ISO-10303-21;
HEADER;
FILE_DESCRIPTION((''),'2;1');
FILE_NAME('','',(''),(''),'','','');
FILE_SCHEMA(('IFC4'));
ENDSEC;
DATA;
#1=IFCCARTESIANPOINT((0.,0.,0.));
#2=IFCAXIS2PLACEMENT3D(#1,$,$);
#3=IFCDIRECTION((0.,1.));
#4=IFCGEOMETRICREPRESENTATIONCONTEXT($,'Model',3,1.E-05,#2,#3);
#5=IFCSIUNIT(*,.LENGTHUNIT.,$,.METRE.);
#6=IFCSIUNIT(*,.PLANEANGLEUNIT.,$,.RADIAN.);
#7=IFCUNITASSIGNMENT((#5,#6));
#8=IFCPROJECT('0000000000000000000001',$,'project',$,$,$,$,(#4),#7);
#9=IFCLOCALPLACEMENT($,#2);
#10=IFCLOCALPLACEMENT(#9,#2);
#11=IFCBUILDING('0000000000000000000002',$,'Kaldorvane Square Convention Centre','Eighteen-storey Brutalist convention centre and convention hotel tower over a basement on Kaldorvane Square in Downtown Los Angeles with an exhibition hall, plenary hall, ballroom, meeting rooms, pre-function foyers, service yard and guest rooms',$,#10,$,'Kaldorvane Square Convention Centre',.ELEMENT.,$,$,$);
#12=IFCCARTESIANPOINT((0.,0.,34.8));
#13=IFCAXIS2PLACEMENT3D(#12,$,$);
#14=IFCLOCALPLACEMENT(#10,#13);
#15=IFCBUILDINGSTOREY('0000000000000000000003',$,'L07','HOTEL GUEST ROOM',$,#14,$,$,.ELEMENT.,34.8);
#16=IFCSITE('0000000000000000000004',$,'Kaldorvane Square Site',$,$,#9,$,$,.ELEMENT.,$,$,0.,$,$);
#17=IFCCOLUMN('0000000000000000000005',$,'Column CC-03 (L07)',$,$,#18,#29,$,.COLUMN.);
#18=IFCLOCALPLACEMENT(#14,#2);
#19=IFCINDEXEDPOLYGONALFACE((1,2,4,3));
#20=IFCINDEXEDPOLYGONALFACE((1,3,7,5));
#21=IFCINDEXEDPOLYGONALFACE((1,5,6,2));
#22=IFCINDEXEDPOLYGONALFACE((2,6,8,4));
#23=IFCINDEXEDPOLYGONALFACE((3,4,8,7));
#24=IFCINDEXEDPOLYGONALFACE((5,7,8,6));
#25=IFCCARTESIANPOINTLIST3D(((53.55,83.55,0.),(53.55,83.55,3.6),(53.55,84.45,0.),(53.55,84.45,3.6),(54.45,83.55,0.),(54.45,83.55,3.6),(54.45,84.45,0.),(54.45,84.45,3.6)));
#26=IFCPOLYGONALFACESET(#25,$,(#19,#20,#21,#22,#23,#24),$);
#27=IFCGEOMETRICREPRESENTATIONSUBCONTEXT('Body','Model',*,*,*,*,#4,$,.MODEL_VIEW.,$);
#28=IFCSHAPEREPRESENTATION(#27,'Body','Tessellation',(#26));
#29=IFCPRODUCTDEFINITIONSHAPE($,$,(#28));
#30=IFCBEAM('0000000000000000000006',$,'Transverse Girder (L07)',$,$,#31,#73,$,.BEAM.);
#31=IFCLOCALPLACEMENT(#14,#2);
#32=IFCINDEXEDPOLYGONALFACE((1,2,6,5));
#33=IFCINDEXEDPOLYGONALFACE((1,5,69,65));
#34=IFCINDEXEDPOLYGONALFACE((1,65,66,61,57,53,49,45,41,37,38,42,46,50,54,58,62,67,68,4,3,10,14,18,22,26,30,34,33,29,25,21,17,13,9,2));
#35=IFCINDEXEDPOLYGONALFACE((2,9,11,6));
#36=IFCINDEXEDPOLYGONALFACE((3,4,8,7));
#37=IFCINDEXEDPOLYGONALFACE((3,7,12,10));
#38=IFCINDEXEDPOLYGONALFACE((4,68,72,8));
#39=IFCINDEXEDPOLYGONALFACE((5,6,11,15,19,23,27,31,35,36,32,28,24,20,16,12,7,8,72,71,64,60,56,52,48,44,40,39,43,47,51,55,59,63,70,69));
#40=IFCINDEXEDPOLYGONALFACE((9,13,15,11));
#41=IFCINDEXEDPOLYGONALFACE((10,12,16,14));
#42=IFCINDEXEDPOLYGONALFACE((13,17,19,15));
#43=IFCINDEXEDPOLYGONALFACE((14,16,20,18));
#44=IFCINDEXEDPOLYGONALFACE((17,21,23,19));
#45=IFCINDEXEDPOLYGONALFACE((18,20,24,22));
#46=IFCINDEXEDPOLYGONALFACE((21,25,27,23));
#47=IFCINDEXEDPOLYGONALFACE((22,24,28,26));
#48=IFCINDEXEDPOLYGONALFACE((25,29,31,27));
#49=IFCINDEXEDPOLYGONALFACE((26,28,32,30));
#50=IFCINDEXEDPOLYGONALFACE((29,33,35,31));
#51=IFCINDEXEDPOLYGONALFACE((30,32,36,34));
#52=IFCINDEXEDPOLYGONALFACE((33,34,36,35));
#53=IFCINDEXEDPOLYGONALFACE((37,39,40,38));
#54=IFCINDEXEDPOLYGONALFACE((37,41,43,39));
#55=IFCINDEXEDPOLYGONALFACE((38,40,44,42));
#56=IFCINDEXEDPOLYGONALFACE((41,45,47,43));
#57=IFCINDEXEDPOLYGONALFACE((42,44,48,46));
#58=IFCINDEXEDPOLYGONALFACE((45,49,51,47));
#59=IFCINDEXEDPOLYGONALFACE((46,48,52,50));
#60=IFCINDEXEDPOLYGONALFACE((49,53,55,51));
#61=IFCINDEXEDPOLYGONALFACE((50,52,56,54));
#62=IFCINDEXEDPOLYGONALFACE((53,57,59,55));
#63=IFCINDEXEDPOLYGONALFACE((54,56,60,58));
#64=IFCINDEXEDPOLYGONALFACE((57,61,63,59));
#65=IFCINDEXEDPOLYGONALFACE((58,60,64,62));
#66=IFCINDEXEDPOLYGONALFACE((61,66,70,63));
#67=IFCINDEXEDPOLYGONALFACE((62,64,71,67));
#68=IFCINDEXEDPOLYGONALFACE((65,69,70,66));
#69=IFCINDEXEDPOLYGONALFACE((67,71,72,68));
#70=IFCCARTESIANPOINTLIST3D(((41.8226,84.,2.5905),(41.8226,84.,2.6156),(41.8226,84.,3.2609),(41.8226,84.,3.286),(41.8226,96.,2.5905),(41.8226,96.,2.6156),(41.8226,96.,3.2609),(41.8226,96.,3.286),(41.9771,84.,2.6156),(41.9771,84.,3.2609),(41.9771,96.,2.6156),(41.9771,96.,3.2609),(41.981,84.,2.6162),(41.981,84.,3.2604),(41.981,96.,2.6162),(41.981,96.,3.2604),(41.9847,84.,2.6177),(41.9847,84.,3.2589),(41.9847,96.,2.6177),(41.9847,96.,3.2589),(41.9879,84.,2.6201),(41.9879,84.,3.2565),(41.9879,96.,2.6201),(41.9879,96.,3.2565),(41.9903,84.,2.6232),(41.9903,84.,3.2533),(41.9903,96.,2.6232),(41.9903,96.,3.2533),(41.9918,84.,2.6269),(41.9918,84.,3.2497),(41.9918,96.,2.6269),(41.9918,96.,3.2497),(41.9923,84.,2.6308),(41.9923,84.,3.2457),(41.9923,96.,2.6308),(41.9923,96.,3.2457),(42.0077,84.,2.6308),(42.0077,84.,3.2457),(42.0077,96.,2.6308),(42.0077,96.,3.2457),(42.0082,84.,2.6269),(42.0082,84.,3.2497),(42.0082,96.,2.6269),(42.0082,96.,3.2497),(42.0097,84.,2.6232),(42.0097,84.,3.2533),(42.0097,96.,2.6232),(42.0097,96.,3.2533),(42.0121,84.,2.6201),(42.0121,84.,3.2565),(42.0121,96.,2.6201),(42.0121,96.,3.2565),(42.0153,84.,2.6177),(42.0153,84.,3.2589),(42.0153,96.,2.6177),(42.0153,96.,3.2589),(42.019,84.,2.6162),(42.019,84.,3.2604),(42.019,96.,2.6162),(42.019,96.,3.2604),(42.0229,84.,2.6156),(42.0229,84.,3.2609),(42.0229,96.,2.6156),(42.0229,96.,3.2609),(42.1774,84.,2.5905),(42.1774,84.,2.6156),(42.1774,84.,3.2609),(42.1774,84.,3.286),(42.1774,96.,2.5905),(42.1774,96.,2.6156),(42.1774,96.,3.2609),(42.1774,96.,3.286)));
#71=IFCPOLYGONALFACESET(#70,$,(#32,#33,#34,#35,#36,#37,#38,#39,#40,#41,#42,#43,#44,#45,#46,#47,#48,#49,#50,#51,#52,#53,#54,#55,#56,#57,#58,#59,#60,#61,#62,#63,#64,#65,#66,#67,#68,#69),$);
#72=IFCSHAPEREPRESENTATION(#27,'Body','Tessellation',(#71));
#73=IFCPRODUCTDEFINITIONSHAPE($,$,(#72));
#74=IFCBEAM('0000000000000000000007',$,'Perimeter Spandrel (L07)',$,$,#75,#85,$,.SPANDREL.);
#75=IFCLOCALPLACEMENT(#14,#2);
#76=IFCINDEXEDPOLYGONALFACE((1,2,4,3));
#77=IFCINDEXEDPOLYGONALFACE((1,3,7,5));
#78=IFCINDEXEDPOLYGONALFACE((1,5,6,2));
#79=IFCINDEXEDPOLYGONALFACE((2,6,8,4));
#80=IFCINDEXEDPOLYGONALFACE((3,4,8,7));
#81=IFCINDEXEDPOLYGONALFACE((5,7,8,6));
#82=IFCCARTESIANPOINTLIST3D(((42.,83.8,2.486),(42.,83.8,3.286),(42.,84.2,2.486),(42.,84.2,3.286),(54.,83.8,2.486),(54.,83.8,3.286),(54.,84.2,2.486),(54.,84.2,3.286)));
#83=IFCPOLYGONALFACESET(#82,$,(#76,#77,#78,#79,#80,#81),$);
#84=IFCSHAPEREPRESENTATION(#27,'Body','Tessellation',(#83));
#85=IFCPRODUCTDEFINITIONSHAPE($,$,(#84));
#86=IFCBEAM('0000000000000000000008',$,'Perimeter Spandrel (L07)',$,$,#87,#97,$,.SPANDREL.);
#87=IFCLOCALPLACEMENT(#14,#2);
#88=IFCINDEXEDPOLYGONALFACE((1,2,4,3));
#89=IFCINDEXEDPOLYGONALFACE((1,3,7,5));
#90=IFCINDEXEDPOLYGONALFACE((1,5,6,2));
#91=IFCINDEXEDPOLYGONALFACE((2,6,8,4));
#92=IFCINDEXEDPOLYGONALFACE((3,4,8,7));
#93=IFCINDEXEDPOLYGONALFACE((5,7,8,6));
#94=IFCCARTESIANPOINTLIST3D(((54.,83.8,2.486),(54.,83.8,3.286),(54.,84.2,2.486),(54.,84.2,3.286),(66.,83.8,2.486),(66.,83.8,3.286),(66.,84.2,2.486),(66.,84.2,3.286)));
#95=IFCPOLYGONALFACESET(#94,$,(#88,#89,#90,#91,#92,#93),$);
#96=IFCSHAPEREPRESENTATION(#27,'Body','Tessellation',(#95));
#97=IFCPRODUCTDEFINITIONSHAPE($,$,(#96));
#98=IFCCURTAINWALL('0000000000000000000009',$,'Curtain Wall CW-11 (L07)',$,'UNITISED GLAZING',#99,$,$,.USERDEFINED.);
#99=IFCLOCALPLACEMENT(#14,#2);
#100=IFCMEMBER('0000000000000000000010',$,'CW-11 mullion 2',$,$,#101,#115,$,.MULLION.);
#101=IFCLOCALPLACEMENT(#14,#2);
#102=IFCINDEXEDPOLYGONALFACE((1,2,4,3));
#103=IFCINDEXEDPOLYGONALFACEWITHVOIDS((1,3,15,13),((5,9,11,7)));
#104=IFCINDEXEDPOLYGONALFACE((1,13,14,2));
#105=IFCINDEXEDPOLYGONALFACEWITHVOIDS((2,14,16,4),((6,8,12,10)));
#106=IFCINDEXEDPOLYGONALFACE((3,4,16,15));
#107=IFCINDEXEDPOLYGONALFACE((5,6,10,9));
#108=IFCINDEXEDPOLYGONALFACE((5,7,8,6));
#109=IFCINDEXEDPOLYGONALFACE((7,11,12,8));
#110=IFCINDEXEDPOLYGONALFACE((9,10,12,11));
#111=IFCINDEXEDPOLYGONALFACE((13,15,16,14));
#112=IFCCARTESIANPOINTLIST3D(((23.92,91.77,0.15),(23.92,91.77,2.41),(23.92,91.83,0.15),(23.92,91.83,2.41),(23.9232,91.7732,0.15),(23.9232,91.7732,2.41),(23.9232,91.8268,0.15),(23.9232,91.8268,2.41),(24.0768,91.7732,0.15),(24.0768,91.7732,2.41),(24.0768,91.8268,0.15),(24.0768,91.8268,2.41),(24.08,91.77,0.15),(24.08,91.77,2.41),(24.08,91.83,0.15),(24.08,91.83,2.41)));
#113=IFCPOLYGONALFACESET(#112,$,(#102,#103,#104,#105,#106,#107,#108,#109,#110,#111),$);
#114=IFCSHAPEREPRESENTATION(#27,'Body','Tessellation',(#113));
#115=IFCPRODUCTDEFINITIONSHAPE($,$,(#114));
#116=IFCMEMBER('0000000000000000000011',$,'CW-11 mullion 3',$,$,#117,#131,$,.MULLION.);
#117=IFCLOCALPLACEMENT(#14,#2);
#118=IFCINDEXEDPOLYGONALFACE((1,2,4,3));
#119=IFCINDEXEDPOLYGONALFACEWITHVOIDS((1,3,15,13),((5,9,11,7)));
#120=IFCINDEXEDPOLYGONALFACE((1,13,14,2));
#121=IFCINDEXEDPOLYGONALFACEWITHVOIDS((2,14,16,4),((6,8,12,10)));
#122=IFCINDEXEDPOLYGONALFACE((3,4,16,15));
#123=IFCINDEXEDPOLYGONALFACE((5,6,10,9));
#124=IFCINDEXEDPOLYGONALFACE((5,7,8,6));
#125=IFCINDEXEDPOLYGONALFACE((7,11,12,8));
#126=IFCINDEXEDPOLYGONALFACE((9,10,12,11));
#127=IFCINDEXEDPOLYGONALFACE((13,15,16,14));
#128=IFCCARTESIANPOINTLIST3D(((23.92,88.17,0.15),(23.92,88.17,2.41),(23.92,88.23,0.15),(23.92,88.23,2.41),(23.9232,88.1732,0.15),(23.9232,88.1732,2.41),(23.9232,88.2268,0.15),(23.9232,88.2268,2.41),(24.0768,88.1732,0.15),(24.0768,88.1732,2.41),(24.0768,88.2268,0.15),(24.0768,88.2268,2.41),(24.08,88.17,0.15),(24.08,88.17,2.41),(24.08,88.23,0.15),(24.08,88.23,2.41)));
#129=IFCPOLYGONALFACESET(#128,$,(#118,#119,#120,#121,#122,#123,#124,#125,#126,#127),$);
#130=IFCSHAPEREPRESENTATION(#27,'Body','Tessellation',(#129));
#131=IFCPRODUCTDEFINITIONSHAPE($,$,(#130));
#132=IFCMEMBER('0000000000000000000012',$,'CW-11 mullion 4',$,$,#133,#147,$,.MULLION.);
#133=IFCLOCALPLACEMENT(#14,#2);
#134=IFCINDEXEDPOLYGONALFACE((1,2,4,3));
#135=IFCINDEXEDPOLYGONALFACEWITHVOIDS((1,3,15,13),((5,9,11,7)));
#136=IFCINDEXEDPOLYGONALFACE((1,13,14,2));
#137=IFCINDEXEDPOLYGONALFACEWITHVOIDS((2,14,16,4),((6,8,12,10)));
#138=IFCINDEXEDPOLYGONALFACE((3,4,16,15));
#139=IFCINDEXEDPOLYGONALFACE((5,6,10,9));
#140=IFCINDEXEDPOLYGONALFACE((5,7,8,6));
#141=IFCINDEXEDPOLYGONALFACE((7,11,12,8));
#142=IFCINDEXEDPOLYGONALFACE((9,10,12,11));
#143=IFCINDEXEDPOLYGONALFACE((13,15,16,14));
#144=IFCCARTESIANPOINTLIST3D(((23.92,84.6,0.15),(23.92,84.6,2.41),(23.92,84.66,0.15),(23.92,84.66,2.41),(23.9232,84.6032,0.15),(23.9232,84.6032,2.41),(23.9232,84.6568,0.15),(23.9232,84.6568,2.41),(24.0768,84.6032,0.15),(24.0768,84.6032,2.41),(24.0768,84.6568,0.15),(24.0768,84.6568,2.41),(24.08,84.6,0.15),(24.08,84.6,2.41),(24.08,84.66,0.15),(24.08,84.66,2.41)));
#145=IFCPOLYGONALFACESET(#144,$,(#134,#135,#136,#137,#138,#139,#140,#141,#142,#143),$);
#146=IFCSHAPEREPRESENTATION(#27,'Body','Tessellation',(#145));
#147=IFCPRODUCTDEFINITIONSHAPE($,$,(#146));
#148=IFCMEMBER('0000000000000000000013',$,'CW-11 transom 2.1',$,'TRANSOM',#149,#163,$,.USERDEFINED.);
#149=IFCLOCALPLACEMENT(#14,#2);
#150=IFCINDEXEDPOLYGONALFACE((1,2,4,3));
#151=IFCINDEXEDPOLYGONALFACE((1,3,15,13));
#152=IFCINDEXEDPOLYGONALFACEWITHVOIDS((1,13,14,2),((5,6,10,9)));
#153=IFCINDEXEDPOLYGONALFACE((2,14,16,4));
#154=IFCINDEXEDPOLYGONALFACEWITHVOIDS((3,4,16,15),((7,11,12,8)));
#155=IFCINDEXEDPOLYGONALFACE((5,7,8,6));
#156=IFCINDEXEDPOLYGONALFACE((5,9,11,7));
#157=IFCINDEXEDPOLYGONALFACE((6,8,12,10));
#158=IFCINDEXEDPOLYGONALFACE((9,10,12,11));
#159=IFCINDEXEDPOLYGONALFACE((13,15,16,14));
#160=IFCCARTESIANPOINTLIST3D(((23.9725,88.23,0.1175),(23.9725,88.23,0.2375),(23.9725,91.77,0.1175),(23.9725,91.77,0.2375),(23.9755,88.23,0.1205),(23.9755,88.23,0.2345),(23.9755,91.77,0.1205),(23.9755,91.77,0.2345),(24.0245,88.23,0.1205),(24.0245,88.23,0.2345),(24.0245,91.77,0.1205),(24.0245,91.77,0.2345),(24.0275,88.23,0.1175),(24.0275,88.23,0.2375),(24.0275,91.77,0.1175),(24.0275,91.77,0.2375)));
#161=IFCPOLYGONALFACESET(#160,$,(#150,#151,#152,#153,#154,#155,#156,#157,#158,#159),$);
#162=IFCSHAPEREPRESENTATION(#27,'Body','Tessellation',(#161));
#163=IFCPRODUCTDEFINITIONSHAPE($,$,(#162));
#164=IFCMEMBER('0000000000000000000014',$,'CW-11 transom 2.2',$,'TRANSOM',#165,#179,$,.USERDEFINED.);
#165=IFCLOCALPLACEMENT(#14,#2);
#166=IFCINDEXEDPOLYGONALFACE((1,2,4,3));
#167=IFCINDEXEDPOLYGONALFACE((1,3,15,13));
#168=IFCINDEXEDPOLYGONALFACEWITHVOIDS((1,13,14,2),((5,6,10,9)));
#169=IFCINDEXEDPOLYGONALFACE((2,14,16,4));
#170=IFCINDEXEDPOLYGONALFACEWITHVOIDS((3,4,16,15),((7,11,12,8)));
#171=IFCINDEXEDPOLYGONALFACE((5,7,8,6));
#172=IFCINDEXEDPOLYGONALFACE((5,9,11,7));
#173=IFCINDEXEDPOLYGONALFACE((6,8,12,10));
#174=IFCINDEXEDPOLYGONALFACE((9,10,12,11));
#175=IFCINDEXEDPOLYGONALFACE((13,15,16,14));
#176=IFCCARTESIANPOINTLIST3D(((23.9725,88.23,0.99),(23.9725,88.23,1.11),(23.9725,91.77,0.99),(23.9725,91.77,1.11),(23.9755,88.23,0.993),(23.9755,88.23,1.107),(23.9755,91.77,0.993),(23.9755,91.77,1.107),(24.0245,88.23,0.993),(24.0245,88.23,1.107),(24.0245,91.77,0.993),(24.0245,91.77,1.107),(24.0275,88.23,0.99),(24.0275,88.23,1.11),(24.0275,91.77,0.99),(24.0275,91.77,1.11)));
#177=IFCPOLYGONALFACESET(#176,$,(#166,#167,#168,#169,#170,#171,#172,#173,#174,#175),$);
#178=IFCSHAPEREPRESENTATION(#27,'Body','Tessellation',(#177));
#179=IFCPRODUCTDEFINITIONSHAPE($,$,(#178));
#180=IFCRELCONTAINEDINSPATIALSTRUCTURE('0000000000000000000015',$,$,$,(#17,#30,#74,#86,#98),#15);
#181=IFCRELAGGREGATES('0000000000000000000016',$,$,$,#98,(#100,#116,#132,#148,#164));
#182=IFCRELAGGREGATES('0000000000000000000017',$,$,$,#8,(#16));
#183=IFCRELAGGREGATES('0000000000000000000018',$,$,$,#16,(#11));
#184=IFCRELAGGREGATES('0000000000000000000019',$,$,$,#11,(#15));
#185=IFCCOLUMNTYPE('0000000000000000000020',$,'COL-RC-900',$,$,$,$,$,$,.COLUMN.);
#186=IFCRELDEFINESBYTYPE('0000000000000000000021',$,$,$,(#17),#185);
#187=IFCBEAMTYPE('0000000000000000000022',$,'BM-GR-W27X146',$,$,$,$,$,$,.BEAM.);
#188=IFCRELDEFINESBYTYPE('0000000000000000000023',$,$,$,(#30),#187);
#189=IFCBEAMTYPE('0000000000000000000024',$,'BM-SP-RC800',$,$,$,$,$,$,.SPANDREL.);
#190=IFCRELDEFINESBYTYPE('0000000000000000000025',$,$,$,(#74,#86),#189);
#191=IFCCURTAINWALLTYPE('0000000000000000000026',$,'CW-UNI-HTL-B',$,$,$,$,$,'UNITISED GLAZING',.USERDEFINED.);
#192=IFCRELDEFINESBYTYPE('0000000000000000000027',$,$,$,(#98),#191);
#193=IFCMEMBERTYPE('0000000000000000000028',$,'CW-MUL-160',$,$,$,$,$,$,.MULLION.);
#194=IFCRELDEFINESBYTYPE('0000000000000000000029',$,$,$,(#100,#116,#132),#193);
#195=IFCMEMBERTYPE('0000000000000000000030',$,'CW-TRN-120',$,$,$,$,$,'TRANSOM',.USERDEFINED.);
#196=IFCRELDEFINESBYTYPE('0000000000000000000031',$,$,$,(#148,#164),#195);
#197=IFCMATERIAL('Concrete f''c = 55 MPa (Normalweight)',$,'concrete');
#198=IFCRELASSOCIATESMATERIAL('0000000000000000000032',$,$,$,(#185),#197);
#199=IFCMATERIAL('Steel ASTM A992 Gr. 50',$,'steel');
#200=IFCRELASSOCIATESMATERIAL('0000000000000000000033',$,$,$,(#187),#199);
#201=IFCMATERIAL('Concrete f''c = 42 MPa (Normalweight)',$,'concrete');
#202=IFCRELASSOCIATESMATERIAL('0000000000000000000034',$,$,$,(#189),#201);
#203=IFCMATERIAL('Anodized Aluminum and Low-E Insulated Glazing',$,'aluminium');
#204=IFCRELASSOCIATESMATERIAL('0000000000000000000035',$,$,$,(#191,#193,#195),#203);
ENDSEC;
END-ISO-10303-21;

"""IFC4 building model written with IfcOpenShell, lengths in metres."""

from ifc_helpers import new_model, si_unit, direction, frame, origin, origin_2d, place, context, subcontext, project, spatial, rectangle, hollow_rectangle, i_section, extrude, material, material_profile, profile_set, type_object, element, aggregate, save


model = new_model("IFC4")

# Units and contexts
model_context = context("Model", 3, precision=1e-05, world=origin(), true_north=direction((0.0, 1.0)))
body_context = subcontext(model_context, "Body", "Model", "MODEL_VIEW")
ifc_project = project(units=[si_unit("LENGTHUNIT", "METRE"), si_unit("PLANEANGLEUNIT", "RADIAN")], contexts=[model_context])

# Site, building, storey
site_placement = place(None, origin())
site = spatial("IfcSite", under=ifc_project, at=site_placement, Name="Kaldorvane Square Site", CompositionType="ELEMENT", RefElevation=0.0)
building_placement = place(site_placement, origin())
building = spatial("IfcBuilding", under=site, at=building_placement, Name="Kaldorvane Square Convention Centre", Description="Eighteen-storey Brutalist convention centre and convention hotel tower over a basement on Kaldorvane Square in Downtown Los Angeles with an exhibition hall, plenary hall, ballroom, meeting rooms, pre-function foyers, service yard and guest rooms", LongName="Kaldorvane Square Convention Centre", CompositionType="ELEMENT")
storey_placement = place(building_placement, frame((0.0, 0.0, 34.8)))
storey = spatial("IfcBuildingStorey", under=building, at=storey_placement, Name="L07", Description="HOTEL GUEST ROOM", CompositionType="ELEMENT", Elevation=34.8)

# Column
ifc_material_1 = material(Name="Concrete f'c = 55 MPa (Normalweight)", Category="concrete")
ifc_material_profile_1 = material_profile(ifc_material_1, rectangle(XDim=0.9, YDim=0.9, at=origin_2d()), Name="RC900X900")
ifc_profile_set_1 = profile_set([ifc_material_profile_1], Name="Concrete f'c = 55 MPa (Normalweight)")
column_type = type_object("IfcColumnType", Name="COL-RC-900", PredefinedType="COLUMN", material=ifc_profile_set_1)
column_placement = place(storey_placement, frame((54.0, 84.0, 0.0), z_axis=(0.0, 0.0, 1.0), x_axis=(1.0, 0.0, 0.0)))
element("IfcColumn", 1, at=column_placement, inside=storey, type_object=column_type, Name="Column CC-03 (L07)", PredefinedType="COLUMN", context=body_context, shape_type="SweptSolid", body=[
    extrude(rectangle(XDim=0.9, YDim=0.9, at=origin_2d()), origin(), (0.0, 0.0, 1.0), 3.6),
])

# Beams
ifc_material_2 = material(Name="Steel ASTM A992 Gr. 50", Category="steel")
ifc_material_profile_2 = material_profile(ifc_material_2, i_section(OverallWidth=0.3547, OverallDepth=0.6955, WebThickness=0.0154, FlangeThickness=0.0251, FilletRadius=0.0152, at=origin_2d()), Name="W27X146")
ifc_profile_set_2 = profile_set([ifc_material_profile_2], Name="Steel ASTM A992 Gr. 50")
beam_type_1 = type_object("IfcBeamType", Name="BM-GR-W27X146", PredefinedType="BEAM", material=ifc_profile_set_2)
beam_placement = place(storey_placement, frame((42.0, 84.0, 2.9383), z_axis=(0.0, 1.0, 0.0), x_axis=(-1.0, 0.0, 0.0)))
element("IfcBeam", 2, at=beam_placement, inside=storey, type_object=beam_type_1, Name="Transverse Girder (L07)", PredefinedType="BEAM", context=body_context, shape_type="SweptSolid", body=[
    extrude(i_section(OverallWidth=0.3547, OverallDepth=0.6955, WebThickness=0.0154, FlangeThickness=0.0251, FilletRadius=0.0152, at=origin_2d()), origin(), (0.0, 0.0, 1.0), 12.0),
])
ifc_material_3 = material(Name="Concrete f'c = 42 MPa (Normalweight)", Category="concrete")
ifc_material_profile_3 = material_profile(ifc_material_3, rectangle(XDim=0.4, YDim=0.8, at=origin_2d()), Name="RCSP800X400")
ifc_profile_set_3 = profile_set([ifc_material_profile_3], Name="Concrete f'c = 42 MPa (Normalweight)")
beam_type_2 = type_object("IfcBeamType", Name="BM-SP-RC800", PredefinedType="SPANDREL", material=ifc_profile_set_3)
for number, where, z_axis, x_axis, name in (
    (3, (42.0, 84.0, 2.886), (1.0, 0.0, 0.0), (0.0, 1.0, 0.0), "Perimeter Spandrel (L07)"),
    (4, (54.0, 84.0, 2.886), (1.0, 0.0, 0.0), (0.0, 1.0, 0.0), "Perimeter Spandrel (L07)"),
):
    element("IfcBeam", number, at=place(storey_placement, frame(where, z_axis=z_axis, x_axis=x_axis)), inside=storey, type_object=beam_type_2, Name=name, PredefinedType="SPANDREL", context=body_context, shape_type="SweptSolid", body=[
        extrude(rectangle(XDim=0.4, YDim=0.8, at=origin_2d()), origin(), (0.0, 0.0, 1.0), 12.0),
    ])

# Curtain wall, members
ifc_material_4 = material(Name="Anodized Aluminum and Low-E Insulated Glazing", Category="aluminium")
curtain_wall_type = type_object("IfcCurtainWallType", Name="CW-UNI-HTL-B", ElementType="UNITISED GLAZING", PredefinedType="USERDEFINED", material=ifc_material_4)
curtain_wall_placement = place(storey_placement, origin())
curtain_wall = element("IfcCurtainWall", 5, at=curtain_wall_placement, inside=storey, type_object=curtain_wall_type, Name="Curtain Wall CW-11 (L07)", ObjectType="UNITISED GLAZING", PredefinedType="USERDEFINED")
ifc_material_profile_4 = material_profile(ifc_material_4, hollow_rectangle(XDim=0.06, YDim=0.16, WallThickness=0.0032, at=origin_2d()), Name="CWM-160X60")
ifc_profile_set_4 = profile_set([ifc_material_profile_4], Name="Anodized Aluminum and Low-E Insulated Glazing")
member_type_1 = type_object("IfcMemberType", Name="CW-MUL-160", PredefinedType="MULLION", material=ifc_profile_set_4)
member_1_placement = place(storey_placement, frame((24.0, 91.8, 0.15), z_axis=(0.0, 0.0, 1.0), x_axis=(0.0, -1.0, 0.0)))
member_1 = element("IfcMember", 6, at=member_1_placement, type_object=member_type_1, Name="CW-11 mullion 2", PredefinedType="MULLION", context=body_context, shape_type="SweptSolid", body=[
    extrude(hollow_rectangle(XDim=0.06, YDim=0.16, WallThickness=0.0032, at=origin_2d()), origin(), (0.0, 0.0, 1.0), 2.26),
])
member_2_placement = place(storey_placement, frame((24.0, 88.2, 0.15), z_axis=(0.0, 0.0, 1.0), x_axis=(0.0, -1.0, 0.0)))
member_2 = element("IfcMember", 7, at=member_2_placement, type_object=member_type_1, Name="CW-11 mullion 3", PredefinedType="MULLION", context=body_context, shape_type="SweptSolid", body=[
    extrude(hollow_rectangle(XDim=0.06, YDim=0.16, WallThickness=0.0032, at=origin_2d()), origin(), (0.0, 0.0, 1.0), 2.26),
])
member_3_placement = place(storey_placement, frame((24.0, 84.63, 0.15), z_axis=(0.0, 0.0, 1.0), x_axis=(0.0, -1.0, 0.0)))
member_3 = element("IfcMember", 8, at=member_3_placement, type_object=member_type_1, Name="CW-11 mullion 4", PredefinedType="MULLION", context=body_context, shape_type="SweptSolid", body=[
    extrude(hollow_rectangle(XDim=0.06, YDim=0.16, WallThickness=0.0032, at=origin_2d()), origin(), (0.0, 0.0, 1.0), 2.26),
])
ifc_material_profile_5 = material_profile(ifc_material_4, hollow_rectangle(XDim=0.055, YDim=0.12, WallThickness=0.003, at=origin_2d()), Name="CWT-120X55")
ifc_profile_set_5 = profile_set([ifc_material_profile_5], Name="Anodized Aluminum and Low-E Insulated Glazing")
member_type_2 = type_object("IfcMemberType", Name="CW-TRN-120", ElementType="TRANSOM", PredefinedType="USERDEFINED", material=ifc_profile_set_5)
member_4_placement = place(storey_placement, frame((24.0, 91.77, 0.1775), z_axis=(0.0, -1.0, 0.0), x_axis=(1.0, 0.0, 0.0)))
member_4 = element("IfcMember", 9, at=member_4_placement, type_object=member_type_2, Name="CW-11 transom 2.1", ObjectType="TRANSOM", PredefinedType="USERDEFINED", context=body_context, shape_type="SweptSolid", body=[
    extrude(hollow_rectangle(XDim=0.055, YDim=0.12, WallThickness=0.003, at=origin_2d()), origin(), (0.0, 0.0, 1.0), 3.54),
])
member_5_placement = place(storey_placement, frame((24.0, 91.77, 1.05), z_axis=(0.0, -1.0, 0.0), x_axis=(1.0, 0.0, 0.0)))
member_5 = element("IfcMember", 10, at=member_5_placement, type_object=member_type_2, Name="CW-11 transom 2.2", ObjectType="TRANSOM", PredefinedType="USERDEFINED", context=body_context, shape_type="SweptSolid", body=[
    extrude(hollow_rectangle(XDim=0.055, YDim=0.12, WallThickness=0.003, at=origin_2d()), origin(), (0.0, 0.0, 1.0), 3.54),
])
aggregate(curtain_wall, [member_1, member_2, member_3, member_4, member_5])

save(model, "model.ifc")
